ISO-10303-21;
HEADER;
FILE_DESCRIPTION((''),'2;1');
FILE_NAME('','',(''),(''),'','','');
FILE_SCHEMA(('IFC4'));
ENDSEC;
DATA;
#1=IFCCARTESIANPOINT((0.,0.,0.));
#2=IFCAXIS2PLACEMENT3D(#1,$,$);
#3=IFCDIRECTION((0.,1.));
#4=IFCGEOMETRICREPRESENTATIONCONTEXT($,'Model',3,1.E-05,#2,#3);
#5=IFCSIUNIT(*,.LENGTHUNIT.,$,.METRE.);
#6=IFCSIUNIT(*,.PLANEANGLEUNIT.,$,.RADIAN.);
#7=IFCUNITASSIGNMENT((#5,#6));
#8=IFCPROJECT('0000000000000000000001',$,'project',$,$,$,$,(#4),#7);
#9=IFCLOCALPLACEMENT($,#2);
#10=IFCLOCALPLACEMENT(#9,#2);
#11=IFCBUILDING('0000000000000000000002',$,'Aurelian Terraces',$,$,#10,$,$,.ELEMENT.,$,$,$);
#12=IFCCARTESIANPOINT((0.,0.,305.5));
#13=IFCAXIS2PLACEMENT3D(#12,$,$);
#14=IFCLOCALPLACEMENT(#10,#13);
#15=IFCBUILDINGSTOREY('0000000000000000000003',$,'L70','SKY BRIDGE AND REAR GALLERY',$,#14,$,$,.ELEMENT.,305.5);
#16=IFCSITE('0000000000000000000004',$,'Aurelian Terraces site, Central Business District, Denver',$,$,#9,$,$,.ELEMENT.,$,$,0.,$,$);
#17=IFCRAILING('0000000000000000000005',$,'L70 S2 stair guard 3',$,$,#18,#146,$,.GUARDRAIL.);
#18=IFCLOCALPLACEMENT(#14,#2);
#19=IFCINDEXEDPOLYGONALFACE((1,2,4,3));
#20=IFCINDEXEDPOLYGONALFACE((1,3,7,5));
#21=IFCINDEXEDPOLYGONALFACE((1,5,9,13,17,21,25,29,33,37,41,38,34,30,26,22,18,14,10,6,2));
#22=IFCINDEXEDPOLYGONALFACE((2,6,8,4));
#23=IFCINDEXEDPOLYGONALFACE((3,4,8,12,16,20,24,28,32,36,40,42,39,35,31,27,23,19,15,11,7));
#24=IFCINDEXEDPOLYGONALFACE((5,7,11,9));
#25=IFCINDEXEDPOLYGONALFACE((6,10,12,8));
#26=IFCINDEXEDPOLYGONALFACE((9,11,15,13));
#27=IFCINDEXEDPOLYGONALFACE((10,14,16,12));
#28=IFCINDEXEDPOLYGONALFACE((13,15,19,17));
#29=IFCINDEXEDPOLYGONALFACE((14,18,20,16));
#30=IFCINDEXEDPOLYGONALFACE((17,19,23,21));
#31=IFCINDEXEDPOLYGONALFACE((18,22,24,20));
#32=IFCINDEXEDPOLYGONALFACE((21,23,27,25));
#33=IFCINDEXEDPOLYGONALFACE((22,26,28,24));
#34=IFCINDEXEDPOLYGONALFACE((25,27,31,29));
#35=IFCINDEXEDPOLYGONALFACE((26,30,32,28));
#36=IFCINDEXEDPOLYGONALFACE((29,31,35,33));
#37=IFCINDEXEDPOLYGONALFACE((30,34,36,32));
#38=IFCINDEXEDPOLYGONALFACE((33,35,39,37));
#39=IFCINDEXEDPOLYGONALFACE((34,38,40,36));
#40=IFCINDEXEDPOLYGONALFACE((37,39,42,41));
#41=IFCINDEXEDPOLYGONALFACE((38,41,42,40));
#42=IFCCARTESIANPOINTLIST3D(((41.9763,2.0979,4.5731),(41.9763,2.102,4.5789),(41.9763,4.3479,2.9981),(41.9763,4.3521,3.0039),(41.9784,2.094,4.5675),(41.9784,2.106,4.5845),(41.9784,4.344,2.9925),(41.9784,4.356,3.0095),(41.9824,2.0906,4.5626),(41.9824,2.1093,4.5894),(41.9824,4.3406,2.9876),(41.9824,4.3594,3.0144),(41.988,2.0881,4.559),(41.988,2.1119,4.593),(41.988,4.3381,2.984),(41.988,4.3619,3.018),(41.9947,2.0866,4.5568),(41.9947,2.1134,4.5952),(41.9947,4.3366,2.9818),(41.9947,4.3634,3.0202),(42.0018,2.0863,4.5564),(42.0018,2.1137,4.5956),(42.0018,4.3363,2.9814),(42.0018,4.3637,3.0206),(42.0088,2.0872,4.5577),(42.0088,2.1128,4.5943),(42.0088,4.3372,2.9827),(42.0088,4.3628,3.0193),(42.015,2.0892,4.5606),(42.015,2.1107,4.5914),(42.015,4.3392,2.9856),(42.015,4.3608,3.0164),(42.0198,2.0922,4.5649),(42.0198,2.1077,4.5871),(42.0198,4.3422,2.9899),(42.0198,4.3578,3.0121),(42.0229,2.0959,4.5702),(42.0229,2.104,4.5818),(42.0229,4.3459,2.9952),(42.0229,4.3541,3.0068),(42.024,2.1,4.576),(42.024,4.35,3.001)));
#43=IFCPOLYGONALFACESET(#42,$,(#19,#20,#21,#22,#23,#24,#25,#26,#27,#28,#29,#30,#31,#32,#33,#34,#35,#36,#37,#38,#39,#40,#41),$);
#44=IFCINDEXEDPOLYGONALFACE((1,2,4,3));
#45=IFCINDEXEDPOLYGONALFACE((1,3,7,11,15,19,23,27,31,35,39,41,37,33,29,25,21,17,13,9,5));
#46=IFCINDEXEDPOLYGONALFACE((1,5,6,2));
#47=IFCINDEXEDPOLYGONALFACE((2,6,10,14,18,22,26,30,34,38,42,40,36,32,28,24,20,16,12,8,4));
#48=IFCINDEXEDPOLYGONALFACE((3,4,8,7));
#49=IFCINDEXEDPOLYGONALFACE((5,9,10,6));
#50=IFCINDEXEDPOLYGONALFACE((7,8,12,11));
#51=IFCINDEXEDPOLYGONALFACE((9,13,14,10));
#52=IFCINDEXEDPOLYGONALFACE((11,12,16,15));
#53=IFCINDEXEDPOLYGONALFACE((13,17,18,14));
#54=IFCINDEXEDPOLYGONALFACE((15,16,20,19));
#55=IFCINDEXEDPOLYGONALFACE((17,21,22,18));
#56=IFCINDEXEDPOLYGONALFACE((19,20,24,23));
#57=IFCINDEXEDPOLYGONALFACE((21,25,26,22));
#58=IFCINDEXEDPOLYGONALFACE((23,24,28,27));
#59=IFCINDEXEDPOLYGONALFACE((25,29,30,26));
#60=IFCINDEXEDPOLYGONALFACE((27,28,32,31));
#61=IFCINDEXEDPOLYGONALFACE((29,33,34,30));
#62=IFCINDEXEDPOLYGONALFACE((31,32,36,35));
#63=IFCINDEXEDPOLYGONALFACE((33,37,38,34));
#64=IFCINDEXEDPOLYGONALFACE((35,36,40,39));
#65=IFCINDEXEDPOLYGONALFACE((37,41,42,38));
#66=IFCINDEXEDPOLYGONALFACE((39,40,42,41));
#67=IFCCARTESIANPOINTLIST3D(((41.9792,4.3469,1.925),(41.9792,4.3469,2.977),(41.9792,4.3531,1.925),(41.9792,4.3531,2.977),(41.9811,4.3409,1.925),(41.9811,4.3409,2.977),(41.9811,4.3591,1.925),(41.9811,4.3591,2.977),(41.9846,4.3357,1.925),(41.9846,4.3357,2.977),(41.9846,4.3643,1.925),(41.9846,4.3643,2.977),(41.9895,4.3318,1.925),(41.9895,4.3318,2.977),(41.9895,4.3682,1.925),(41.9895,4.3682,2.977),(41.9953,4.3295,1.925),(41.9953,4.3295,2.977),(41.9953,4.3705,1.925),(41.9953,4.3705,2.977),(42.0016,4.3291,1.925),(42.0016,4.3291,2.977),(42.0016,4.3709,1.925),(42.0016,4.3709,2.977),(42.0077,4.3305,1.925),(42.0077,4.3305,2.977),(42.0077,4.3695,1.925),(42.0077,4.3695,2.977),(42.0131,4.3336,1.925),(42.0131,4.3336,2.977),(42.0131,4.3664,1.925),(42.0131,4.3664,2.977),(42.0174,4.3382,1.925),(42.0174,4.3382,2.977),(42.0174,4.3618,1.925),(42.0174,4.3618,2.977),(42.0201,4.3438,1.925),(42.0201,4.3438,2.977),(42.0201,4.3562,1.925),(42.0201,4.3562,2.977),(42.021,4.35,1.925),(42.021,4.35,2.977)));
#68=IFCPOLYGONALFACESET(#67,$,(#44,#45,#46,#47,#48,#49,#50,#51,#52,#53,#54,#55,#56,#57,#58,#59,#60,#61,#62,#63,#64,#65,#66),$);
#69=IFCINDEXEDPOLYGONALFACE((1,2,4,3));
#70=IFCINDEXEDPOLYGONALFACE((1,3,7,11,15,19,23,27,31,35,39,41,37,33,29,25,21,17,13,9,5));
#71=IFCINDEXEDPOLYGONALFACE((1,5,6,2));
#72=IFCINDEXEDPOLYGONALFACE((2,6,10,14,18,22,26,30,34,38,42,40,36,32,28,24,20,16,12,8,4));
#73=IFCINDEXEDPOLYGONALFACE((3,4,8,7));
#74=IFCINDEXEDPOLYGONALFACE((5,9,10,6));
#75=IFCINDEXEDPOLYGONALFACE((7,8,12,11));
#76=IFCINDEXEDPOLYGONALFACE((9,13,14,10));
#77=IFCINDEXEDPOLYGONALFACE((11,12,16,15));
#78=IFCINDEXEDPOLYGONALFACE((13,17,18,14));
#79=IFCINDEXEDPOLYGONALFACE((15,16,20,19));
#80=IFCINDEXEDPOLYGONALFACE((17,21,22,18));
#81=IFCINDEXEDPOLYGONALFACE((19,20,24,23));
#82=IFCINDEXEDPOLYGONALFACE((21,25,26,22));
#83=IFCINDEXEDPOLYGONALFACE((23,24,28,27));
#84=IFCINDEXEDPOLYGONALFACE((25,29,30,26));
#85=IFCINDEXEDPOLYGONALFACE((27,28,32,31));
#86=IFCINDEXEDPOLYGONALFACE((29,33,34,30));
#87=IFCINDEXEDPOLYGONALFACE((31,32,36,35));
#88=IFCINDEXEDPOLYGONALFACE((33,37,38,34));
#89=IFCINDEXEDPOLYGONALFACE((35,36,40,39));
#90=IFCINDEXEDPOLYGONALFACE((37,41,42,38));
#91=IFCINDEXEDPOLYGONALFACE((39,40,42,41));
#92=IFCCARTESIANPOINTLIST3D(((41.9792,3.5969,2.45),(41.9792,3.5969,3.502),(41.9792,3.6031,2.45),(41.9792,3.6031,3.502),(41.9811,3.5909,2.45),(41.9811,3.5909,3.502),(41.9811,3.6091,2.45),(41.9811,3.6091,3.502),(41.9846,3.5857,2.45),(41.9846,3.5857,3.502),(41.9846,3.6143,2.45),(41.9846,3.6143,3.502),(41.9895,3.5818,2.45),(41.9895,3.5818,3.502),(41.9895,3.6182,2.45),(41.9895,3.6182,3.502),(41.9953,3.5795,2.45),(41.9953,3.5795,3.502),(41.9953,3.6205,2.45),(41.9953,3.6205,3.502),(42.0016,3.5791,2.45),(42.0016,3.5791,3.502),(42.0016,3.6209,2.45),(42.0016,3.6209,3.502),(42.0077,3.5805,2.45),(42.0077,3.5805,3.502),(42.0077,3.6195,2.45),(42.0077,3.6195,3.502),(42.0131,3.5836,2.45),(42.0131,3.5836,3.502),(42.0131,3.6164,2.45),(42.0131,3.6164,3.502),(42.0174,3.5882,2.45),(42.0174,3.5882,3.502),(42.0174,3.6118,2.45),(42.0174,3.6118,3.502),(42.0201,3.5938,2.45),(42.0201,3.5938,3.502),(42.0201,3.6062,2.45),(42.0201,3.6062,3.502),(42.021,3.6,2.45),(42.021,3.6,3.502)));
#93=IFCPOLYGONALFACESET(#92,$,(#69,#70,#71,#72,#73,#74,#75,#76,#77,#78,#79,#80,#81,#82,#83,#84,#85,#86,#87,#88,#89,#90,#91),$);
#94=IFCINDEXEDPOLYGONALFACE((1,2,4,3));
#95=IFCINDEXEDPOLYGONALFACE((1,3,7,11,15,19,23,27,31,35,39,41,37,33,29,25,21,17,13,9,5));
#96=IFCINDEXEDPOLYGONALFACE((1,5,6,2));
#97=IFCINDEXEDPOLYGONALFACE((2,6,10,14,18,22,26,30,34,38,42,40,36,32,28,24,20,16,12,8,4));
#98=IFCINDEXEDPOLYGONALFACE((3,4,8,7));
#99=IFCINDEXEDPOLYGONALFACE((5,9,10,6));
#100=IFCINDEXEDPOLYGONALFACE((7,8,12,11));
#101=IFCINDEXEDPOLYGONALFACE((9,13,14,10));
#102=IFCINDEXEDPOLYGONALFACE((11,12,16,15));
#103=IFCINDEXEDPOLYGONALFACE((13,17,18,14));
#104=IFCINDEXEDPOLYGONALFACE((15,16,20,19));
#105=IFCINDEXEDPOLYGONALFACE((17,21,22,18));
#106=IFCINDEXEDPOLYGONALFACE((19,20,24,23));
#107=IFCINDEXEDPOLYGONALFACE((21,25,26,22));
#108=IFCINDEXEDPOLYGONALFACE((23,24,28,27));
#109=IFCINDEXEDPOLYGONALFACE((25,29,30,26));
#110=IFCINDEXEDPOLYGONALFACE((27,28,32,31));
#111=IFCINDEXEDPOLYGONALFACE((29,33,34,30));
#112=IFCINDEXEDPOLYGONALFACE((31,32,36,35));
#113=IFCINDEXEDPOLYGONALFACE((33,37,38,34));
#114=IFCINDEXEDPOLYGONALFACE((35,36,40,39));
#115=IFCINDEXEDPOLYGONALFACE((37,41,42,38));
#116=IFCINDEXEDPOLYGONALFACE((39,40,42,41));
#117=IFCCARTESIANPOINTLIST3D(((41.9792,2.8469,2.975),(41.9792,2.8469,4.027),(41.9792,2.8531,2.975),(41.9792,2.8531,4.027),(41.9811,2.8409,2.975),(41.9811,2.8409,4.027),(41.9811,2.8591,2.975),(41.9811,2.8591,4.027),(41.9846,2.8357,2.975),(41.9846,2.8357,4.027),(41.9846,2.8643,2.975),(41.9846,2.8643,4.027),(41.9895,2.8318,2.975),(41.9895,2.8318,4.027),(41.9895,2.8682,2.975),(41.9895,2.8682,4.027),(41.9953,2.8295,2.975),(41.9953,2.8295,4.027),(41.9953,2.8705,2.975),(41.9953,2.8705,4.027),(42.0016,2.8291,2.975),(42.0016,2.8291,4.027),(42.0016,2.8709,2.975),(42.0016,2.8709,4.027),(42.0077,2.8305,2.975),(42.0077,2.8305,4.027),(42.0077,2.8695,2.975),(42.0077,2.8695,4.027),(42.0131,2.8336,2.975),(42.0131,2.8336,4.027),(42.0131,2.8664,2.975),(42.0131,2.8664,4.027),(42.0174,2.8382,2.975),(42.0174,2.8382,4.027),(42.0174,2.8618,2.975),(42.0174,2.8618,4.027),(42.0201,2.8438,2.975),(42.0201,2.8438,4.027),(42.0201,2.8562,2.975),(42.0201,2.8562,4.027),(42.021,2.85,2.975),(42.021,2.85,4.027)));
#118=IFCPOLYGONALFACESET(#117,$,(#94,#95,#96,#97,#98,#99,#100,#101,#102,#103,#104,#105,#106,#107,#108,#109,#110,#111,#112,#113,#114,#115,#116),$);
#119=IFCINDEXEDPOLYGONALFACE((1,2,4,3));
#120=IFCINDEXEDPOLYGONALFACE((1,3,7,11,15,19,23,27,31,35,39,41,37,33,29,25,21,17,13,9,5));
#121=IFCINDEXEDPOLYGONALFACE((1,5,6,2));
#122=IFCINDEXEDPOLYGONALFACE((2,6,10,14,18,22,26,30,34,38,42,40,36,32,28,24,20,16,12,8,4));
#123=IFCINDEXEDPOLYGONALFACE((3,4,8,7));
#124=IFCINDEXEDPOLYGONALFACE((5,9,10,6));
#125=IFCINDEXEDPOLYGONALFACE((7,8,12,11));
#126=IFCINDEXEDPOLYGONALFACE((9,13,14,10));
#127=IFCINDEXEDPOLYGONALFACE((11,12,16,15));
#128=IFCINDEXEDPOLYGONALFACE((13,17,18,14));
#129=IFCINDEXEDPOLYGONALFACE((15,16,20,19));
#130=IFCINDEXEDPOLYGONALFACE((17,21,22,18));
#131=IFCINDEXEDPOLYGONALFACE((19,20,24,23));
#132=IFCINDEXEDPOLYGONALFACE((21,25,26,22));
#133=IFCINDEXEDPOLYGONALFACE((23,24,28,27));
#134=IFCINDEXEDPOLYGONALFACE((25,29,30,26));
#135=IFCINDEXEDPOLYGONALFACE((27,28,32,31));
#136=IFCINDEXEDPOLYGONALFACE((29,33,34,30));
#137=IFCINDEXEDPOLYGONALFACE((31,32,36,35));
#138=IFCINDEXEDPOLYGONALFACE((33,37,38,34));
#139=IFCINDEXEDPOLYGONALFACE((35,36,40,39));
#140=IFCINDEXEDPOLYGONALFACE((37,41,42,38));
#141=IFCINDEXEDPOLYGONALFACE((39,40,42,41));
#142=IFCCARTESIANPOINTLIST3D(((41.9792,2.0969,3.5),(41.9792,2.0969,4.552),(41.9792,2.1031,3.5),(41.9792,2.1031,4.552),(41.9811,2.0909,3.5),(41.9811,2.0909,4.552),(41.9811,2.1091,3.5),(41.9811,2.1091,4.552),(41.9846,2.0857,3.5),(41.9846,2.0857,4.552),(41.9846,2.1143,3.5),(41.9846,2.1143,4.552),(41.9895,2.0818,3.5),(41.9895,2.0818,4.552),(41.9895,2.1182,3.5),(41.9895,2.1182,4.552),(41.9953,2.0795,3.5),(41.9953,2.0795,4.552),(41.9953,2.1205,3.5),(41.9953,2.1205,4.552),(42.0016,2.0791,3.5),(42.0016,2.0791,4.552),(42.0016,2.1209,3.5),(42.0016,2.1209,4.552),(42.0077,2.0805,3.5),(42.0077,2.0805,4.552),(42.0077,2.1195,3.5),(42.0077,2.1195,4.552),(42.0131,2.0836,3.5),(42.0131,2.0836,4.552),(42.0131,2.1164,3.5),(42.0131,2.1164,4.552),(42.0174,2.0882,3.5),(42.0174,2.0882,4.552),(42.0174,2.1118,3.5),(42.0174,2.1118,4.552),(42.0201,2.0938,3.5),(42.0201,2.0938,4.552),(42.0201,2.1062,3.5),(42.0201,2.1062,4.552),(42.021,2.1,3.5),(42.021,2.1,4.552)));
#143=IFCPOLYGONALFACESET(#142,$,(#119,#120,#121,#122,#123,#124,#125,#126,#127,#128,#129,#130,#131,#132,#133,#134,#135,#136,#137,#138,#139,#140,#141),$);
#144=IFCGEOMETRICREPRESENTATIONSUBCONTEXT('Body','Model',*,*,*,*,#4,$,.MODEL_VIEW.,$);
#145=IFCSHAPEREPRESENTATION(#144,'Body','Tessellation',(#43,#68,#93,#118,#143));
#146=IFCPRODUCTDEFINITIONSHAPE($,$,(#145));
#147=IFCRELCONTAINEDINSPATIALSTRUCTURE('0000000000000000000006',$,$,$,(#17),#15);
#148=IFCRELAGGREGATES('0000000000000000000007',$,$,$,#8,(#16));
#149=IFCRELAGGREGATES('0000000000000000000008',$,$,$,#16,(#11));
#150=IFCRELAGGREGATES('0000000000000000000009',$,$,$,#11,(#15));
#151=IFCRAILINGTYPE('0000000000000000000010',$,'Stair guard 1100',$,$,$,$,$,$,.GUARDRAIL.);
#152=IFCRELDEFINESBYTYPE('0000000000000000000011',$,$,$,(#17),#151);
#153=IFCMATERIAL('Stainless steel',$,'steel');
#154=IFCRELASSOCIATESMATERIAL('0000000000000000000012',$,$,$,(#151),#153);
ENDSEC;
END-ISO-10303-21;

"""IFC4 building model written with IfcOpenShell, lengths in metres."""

from ifc_helpers import new_model, si_unit, direction, frame, origin, origin_2d, place, context, subcontext, project, spatial, circle, extrude, source, transform, mapped, material, type_object, element, save


model = new_model("IFC4")

# Units and contexts
model_context = context("Model", 3, precision=1e-05, world=origin(), true_north=direction((0.0, 1.0)))
body_context = subcontext(model_context, "Body", "Model", "MODEL_VIEW")
ifc_project = project(units=[si_unit("LENGTHUNIT", "METRE"), si_unit("PLANEANGLEUNIT", "RADIAN")], contexts=[model_context])

# Site, building, storey
site_placement = place(None, origin())
site = spatial("IfcSite", under=ifc_project, at=site_placement, Name="Aurelian Terraces site, Central Business District, Denver", CompositionType="ELEMENT", RefElevation=0.0)
building_placement = place(site_placement, origin())
building = spatial("IfcBuilding", under=site, at=building_placement, Name="Aurelian Terraces", CompositionType="ELEMENT")
storey_placement = place(building_placement, frame((0.0, 0.0, 305.5)))
storey = spatial("IfcBuildingStorey", under=building, at=storey_placement, Name="L70", Description="SKY BRIDGE AND REAR GALLERY", CompositionType="ELEMENT", Elevation=305.5)

# Railing
ifc_material_1 = material(Name="Stainless steel", Category="steel")
railing_type_1 = type_object("IfcRailingType", Name="Stair guard 1100", PredefinedType="GUARDRAIL", material=ifc_material_1)
shared_shape_1 = source(origin(), body_context, "Body", "SweptSolid", [
    extrude(circle(Radius=0.024, at=origin_2d()), frame((0.0, 0.0, 1.076), z_axis=(0.0, -0.819232, 0.573462), x_axis=(1.0, 0.0, 0.0)), (0.0, 0.0, 1.0), 2.7465),
    extrude(circle(Radius=0.021, at=origin_2d()), origin(), (0.0, 0.0, 1.0), 1.052),
    extrude(circle(Radius=0.021, at=origin_2d()), frame((0.0, -0.75, 0.525)), (0.0, 0.0, 1.0), 1.052),
    extrude(circle(Radius=0.021, at=origin_2d()), frame((0.0, -1.5, 1.05)), (0.0, 0.0, 1.0), 1.052),
    extrude(circle(Radius=0.021, at=origin_2d()), frame((0.0, -2.25, 1.575)), (0.0, 0.0, 1.0), 1.052),
])
railing_1_placement = place(storey_placement, frame((42.0, 4.35, 1.925)))
element("IfcRailing", 1, at=railing_1_placement, inside=storey, type_object=railing_type_1, Name="L70 S2 stair guard 3", PredefinedType="GUARDRAIL", context=body_context, shape_type="MappedRepresentation", body=[
    mapped(shared_shape_1, transform((0.0, 0.0, 0.0), scale=1.0)),
])

save(model, "model.ifc")
